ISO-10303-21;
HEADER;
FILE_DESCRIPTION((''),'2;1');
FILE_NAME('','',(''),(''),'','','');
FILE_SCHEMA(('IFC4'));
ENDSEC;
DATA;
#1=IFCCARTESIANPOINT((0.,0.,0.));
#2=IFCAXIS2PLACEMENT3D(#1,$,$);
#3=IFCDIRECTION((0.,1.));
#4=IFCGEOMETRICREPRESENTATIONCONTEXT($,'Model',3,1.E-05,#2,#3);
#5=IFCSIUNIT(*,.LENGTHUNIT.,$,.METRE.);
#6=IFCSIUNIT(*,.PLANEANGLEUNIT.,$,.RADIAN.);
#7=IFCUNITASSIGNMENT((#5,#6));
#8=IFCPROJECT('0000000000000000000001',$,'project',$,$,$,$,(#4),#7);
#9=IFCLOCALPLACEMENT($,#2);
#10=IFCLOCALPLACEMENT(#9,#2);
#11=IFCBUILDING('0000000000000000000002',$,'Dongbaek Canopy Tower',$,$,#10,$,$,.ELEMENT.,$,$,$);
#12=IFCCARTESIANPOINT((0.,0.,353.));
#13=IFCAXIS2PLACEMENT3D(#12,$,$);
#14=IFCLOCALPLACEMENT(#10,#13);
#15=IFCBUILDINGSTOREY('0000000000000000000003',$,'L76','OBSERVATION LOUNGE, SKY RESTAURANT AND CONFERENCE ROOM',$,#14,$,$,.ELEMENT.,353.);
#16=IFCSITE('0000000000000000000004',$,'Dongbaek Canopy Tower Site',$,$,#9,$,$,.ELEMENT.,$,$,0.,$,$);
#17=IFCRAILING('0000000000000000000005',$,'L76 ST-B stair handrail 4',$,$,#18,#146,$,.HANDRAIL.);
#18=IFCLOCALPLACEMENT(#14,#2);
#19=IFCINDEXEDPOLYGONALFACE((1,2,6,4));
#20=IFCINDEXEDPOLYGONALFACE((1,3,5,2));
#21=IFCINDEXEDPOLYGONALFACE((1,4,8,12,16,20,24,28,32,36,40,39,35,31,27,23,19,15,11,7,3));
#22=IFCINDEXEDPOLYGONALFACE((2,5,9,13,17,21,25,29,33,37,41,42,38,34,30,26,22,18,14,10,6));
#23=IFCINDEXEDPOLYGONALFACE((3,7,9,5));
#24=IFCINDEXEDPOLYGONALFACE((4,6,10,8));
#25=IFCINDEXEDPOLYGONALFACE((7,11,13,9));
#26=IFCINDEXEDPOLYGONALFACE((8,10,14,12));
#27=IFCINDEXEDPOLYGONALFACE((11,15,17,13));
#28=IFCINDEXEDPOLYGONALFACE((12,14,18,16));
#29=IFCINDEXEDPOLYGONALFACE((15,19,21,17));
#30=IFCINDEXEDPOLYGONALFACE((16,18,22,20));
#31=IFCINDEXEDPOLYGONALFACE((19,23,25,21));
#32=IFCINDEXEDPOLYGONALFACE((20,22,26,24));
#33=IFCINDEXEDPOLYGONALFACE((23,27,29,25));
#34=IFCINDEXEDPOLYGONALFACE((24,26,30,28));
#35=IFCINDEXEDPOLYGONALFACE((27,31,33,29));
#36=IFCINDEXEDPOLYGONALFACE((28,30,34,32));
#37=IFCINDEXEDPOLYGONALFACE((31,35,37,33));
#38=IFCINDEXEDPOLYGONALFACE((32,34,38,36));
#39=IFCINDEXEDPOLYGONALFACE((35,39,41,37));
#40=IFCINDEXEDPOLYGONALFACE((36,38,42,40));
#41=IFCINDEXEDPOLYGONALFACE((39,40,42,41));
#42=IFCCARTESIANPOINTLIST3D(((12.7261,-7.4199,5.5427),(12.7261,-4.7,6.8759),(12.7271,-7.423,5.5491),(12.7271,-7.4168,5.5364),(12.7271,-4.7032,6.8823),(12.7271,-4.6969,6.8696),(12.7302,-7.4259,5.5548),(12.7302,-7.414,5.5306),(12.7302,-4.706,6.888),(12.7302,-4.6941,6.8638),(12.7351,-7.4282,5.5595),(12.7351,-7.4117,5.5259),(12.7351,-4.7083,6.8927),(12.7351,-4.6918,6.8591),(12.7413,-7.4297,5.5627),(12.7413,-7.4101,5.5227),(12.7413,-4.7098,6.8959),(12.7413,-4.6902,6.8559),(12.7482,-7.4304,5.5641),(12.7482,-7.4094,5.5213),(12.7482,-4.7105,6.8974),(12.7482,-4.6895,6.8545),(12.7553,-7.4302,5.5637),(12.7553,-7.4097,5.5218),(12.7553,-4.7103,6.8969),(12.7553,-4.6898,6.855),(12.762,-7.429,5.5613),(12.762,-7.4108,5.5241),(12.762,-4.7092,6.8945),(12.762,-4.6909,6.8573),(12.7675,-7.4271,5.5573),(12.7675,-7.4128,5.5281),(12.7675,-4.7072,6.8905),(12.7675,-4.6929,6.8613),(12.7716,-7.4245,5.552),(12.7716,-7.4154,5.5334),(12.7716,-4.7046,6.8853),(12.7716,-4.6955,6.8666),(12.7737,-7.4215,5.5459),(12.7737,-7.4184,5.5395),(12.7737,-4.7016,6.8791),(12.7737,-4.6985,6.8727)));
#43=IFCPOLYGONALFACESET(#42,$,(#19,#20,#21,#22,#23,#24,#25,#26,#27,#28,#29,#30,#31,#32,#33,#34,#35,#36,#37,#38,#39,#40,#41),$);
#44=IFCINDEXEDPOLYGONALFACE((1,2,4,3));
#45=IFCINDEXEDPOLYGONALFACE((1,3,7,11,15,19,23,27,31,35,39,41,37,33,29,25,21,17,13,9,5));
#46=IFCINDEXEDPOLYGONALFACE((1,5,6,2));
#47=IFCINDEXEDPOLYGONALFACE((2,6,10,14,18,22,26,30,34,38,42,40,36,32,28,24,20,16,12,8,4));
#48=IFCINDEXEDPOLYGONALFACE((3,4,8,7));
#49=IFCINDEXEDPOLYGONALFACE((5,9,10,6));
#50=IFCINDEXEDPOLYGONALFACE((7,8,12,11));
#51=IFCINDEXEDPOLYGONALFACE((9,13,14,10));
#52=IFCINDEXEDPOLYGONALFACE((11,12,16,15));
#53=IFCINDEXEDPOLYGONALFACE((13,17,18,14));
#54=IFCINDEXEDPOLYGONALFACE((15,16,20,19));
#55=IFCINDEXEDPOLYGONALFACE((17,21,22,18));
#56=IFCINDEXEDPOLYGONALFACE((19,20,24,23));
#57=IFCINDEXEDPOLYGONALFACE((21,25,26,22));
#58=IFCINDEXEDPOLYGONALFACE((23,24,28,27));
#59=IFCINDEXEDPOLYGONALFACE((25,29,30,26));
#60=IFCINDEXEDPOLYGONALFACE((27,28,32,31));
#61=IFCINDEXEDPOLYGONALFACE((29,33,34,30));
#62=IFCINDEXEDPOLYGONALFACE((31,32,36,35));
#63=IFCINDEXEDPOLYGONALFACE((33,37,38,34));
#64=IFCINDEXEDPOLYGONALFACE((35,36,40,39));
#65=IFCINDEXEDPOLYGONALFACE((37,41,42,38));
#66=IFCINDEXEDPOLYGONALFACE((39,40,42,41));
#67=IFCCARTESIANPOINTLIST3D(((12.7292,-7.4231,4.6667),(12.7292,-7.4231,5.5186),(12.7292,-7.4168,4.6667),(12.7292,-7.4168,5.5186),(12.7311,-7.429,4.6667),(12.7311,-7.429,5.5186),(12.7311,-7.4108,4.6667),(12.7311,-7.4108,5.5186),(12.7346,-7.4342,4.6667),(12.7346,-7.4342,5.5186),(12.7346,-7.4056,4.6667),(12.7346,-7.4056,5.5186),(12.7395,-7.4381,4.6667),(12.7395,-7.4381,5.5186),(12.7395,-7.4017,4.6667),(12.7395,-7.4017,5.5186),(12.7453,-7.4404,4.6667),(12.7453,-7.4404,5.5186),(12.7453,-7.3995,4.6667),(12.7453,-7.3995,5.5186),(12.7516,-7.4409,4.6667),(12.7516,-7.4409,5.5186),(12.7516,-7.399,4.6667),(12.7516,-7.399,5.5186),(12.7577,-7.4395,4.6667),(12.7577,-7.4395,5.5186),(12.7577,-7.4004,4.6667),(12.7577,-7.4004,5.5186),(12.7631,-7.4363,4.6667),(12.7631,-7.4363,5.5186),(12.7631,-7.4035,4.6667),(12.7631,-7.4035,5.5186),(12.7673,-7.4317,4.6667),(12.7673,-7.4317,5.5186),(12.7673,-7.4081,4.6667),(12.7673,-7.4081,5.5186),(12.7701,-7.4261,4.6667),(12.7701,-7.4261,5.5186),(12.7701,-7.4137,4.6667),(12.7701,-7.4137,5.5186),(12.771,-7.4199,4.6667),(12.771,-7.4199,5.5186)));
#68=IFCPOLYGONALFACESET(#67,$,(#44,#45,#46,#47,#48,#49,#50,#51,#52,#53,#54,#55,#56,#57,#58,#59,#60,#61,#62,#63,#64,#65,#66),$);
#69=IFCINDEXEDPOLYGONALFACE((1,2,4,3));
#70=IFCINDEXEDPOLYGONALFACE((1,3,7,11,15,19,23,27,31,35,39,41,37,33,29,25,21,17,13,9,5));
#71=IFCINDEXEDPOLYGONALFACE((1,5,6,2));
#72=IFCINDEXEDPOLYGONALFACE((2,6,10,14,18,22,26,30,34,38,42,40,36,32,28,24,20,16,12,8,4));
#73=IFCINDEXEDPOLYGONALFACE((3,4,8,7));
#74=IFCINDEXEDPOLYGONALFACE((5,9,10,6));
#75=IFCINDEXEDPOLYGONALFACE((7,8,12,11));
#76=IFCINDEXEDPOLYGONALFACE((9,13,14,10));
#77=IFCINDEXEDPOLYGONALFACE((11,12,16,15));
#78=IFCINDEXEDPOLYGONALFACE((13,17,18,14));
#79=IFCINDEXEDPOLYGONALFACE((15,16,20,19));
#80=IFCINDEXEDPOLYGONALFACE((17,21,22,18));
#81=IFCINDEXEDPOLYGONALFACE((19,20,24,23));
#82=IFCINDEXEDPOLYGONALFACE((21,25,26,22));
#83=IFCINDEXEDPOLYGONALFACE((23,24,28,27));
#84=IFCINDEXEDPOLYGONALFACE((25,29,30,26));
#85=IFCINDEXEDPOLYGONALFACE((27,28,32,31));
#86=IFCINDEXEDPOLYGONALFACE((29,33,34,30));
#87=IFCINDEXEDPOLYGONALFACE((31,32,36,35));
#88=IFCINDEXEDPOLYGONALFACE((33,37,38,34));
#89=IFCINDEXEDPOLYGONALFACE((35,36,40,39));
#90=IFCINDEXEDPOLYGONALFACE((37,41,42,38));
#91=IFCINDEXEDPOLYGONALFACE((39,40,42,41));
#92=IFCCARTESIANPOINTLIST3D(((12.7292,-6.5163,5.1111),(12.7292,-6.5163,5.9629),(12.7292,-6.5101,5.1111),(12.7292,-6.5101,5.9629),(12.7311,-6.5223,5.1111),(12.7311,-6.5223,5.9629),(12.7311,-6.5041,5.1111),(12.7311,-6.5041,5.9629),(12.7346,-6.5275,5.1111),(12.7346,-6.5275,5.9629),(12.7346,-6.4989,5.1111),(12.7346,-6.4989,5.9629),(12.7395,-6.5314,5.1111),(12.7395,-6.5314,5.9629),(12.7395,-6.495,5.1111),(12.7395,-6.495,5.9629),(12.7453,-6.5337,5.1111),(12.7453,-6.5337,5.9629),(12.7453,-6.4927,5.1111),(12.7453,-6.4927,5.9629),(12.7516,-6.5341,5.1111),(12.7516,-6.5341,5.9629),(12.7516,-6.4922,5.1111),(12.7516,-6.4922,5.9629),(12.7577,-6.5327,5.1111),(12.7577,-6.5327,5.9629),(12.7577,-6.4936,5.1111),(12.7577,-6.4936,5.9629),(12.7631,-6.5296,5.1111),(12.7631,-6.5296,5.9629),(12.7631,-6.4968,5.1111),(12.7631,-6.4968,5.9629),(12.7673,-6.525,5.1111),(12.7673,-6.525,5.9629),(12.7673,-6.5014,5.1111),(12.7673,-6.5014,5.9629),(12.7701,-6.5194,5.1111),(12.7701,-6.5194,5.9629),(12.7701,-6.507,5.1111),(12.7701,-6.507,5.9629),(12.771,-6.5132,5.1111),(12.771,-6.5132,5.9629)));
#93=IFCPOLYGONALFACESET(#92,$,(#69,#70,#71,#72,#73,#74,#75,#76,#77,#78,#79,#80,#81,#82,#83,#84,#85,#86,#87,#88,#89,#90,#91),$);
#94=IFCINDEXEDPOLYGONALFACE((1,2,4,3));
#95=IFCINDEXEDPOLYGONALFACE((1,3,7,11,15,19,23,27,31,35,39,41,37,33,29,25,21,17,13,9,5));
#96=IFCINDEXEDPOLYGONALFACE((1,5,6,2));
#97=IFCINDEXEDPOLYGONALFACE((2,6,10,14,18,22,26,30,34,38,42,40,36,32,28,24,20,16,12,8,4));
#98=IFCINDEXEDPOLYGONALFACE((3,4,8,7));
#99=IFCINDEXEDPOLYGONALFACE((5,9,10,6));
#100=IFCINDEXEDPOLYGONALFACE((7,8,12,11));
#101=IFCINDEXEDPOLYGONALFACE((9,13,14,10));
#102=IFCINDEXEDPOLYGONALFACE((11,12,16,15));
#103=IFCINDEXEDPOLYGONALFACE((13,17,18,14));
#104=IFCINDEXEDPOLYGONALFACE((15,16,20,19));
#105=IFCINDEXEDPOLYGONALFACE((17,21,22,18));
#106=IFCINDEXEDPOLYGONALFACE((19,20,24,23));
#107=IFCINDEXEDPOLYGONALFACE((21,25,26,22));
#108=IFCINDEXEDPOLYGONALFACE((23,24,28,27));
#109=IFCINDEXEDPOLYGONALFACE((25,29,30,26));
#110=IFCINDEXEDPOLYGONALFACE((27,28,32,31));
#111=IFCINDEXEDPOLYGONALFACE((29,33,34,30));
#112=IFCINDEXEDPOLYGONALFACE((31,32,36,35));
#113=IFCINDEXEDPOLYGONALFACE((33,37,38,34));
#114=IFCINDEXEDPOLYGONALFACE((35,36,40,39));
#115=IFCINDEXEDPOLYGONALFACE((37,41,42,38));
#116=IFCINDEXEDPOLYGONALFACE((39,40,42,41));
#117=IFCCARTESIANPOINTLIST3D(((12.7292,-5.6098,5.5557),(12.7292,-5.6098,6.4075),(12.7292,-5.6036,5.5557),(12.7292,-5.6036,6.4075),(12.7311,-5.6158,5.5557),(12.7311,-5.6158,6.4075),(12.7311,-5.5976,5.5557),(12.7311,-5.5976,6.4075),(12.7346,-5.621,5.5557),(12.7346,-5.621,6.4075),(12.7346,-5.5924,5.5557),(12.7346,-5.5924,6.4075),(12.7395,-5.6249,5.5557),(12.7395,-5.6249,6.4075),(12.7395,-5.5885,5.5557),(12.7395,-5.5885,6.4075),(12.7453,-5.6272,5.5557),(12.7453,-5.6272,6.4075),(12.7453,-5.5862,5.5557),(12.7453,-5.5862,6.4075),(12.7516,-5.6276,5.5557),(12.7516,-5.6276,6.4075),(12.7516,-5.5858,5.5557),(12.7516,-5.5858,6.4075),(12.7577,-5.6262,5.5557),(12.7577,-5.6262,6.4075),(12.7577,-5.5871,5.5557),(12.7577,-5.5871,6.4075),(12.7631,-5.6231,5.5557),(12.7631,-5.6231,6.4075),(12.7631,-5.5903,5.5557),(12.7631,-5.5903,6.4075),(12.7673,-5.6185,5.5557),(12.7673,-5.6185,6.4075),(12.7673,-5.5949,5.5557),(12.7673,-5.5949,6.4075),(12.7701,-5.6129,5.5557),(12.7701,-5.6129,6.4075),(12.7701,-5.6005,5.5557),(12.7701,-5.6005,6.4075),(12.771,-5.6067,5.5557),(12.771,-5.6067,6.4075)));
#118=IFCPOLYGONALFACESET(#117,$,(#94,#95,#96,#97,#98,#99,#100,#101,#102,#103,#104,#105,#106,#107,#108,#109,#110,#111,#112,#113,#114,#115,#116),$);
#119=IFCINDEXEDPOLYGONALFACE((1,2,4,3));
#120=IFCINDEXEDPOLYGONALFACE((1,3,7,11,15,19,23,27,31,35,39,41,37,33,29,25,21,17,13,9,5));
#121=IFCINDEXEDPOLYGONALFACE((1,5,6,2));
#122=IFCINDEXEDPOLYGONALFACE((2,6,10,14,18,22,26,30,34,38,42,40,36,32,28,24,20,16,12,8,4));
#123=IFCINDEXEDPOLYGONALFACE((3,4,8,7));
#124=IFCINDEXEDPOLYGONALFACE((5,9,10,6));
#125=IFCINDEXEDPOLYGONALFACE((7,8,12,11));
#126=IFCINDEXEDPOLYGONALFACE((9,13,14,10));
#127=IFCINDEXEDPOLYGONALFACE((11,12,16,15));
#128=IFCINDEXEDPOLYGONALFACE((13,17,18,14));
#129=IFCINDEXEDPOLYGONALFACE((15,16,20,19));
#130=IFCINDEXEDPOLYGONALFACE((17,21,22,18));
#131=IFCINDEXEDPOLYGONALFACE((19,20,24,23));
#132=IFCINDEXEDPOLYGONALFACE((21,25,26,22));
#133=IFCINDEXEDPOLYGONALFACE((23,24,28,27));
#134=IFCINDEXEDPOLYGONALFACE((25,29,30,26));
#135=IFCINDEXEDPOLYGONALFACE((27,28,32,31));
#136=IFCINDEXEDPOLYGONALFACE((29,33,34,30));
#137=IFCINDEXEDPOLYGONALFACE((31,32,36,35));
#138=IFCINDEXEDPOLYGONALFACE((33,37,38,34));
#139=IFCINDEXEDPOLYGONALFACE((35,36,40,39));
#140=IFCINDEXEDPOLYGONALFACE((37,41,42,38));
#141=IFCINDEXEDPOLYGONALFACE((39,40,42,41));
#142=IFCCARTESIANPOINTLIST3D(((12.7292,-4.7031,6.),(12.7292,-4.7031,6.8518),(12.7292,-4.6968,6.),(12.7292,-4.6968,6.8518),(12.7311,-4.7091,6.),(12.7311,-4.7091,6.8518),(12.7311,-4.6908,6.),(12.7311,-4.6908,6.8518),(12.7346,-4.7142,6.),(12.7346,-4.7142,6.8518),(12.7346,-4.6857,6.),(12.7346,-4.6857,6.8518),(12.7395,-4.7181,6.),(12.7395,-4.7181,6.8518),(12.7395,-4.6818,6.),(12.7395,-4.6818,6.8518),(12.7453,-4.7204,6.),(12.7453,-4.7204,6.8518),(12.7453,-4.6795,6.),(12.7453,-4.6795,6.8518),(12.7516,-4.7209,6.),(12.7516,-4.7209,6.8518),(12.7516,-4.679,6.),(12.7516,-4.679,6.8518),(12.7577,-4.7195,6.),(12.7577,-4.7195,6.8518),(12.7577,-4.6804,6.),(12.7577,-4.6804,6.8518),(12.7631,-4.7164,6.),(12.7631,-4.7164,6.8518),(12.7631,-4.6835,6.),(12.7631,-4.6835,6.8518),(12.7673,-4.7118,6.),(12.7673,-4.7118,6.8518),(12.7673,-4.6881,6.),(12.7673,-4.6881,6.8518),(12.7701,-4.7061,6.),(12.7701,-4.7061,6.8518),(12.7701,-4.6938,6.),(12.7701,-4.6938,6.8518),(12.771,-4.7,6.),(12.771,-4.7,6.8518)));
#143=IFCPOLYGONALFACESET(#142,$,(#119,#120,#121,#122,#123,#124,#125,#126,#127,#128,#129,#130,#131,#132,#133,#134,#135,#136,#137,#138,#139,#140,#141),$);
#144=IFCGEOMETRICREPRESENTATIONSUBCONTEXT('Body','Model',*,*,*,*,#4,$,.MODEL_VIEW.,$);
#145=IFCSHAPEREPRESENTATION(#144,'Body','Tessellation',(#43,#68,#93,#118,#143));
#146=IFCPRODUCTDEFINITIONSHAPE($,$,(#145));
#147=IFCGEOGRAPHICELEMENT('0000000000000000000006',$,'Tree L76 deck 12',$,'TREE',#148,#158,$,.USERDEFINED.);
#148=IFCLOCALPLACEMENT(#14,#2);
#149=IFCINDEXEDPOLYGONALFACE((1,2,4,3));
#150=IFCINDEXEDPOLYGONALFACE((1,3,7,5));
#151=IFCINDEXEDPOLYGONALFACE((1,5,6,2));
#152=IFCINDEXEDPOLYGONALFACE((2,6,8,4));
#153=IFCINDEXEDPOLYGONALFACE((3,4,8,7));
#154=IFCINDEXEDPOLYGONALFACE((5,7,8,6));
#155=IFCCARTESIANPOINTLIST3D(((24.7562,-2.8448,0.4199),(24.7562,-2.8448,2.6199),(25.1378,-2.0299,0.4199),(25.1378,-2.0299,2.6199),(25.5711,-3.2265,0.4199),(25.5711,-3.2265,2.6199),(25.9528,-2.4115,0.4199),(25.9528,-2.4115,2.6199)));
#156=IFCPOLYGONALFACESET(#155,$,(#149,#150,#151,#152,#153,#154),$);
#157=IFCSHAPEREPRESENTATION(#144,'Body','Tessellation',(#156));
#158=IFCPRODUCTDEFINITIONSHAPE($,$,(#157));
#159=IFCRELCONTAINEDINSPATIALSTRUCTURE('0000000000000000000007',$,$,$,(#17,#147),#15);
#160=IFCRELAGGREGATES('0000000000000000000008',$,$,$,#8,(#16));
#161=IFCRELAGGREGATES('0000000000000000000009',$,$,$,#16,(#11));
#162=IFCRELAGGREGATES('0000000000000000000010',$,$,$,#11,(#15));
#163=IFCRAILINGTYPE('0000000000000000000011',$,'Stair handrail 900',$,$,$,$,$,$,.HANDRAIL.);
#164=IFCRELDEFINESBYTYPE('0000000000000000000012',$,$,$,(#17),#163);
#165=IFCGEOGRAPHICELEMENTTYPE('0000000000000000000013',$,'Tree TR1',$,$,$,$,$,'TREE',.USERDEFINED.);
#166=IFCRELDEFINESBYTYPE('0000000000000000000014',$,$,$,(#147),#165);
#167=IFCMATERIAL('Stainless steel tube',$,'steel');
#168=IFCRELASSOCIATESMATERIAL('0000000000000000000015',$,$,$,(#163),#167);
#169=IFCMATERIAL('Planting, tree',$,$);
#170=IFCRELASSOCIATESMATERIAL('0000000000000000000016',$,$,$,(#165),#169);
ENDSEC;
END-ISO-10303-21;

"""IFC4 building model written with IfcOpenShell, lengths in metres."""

from ifc_helpers import new_model, si_unit, direction, frame, origin, origin_2d, place, context, subcontext, project, spatial, rectangle, circle, extrude, material, type_object, element, save


model = new_model("IFC4")

# Units and contexts
model_context = context("Model", 3, precision=1e-05, world=origin(), true_north=direction((0.0, 1.0)))
body_context = subcontext(model_context, "Body", "Model", "MODEL_VIEW")
ifc_project = project(units=[si_unit("LENGTHUNIT", "METRE"), si_unit("PLANEANGLEUNIT", "RADIAN")], contexts=[model_context])

# Site, building, storey
site_placement = place(None, origin())
site = spatial("IfcSite", under=ifc_project, at=site_placement, Name="Dongbaek Canopy Tower Site", CompositionType="ELEMENT", RefElevation=0.0)
building_placement = place(site_placement, origin())
building = spatial("IfcBuilding", under=site, at=building_placement, Name="Dongbaek Canopy Tower", CompositionType="ELEMENT")
storey_placement = place(building_placement, frame((0.0, 0.0, 353.0)))
storey = spatial("IfcBuildingStorey", under=building, at=storey_placement, Name="L76", Description="OBSERVATION LOUNGE, SKY RESTAURANT AND CONFERENCE ROOM", CompositionType="ELEMENT", Elevation=353.0)

# Railing
ifc_material_1 = material(Name="Stainless steel tube", Category="steel")
railing_type = type_object("IfcRailingType", Name="Stair handrail 900", PredefinedType="HANDRAIL", material=ifc_material_1)
for number, where, name in (
    (1, (12.75, -7.4199, 4.6667), "L76 ST-B stair handrail 4"),
):
    element("IfcRailing", number, at=place(storey_placement, frame(where)), inside=storey, type_object=railing_type, Name=name, PredefinedType="HANDRAIL", context=body_context, shape_type="SweptSolid", body=[
        extrude(circle(Radius=0.0239, at=origin_2d()), frame((0.0, 0.0, 0.876), z_axis=(0.0, 0.897929, 0.440139), x_axis=(-1.0, 0.0, 0.0)), (0.0, 0.0, 1.0), 3.0291),
        extrude(circle(Radius=0.021, at=origin_2d()), origin(), (0.0, 0.0, 1.0), 0.8518),
        extrude(circle(Radius=0.021, at=origin_2d()), frame((0.0, 0.9067, 0.4443)), (0.0, 0.0, 1.0), 0.8518),
        extrude(circle(Radius=0.021, at=origin_2d()), frame((0.0, 1.8132, 0.8889)), (0.0, 0.0, 1.0), 0.8518),
        extrude(circle(Radius=0.021, at=origin_2d()), frame((0.0, 2.72, 1.3333)), (0.0, 0.0, 1.0), 0.8518),
    ])

# Geographic element
ifc_material_2 = material(Name="Planting, tree")
geographic_element_type = type_object("IfcGeographicElementType", Name="Tree TR1", ElementType="TREE", PredefinedType="USERDEFINED", material=ifc_material_2)
geographic_element_placement = place(storey_placement, frame((25.3545, -2.6282, 0.4199), z_axis=(0.0, 0.0, 1.0), x_axis=(0.424123, 0.905605, 0.0)))
element("IfcGeographicElement", 2, at=geographic_element_placement, inside=storey, type_object=geographic_element_type, Name="Tree L76 deck 12", ObjectType="TREE", PredefinedType="USERDEFINED", context=body_context, shape_type="SweptSolid", body=[
    extrude(rectangle(XDim=0.8999, YDim=0.8999, at=origin_2d()), origin(), (0.0, 0.0, 1.0), 2.2),
])

save(model, "model.ifc")
